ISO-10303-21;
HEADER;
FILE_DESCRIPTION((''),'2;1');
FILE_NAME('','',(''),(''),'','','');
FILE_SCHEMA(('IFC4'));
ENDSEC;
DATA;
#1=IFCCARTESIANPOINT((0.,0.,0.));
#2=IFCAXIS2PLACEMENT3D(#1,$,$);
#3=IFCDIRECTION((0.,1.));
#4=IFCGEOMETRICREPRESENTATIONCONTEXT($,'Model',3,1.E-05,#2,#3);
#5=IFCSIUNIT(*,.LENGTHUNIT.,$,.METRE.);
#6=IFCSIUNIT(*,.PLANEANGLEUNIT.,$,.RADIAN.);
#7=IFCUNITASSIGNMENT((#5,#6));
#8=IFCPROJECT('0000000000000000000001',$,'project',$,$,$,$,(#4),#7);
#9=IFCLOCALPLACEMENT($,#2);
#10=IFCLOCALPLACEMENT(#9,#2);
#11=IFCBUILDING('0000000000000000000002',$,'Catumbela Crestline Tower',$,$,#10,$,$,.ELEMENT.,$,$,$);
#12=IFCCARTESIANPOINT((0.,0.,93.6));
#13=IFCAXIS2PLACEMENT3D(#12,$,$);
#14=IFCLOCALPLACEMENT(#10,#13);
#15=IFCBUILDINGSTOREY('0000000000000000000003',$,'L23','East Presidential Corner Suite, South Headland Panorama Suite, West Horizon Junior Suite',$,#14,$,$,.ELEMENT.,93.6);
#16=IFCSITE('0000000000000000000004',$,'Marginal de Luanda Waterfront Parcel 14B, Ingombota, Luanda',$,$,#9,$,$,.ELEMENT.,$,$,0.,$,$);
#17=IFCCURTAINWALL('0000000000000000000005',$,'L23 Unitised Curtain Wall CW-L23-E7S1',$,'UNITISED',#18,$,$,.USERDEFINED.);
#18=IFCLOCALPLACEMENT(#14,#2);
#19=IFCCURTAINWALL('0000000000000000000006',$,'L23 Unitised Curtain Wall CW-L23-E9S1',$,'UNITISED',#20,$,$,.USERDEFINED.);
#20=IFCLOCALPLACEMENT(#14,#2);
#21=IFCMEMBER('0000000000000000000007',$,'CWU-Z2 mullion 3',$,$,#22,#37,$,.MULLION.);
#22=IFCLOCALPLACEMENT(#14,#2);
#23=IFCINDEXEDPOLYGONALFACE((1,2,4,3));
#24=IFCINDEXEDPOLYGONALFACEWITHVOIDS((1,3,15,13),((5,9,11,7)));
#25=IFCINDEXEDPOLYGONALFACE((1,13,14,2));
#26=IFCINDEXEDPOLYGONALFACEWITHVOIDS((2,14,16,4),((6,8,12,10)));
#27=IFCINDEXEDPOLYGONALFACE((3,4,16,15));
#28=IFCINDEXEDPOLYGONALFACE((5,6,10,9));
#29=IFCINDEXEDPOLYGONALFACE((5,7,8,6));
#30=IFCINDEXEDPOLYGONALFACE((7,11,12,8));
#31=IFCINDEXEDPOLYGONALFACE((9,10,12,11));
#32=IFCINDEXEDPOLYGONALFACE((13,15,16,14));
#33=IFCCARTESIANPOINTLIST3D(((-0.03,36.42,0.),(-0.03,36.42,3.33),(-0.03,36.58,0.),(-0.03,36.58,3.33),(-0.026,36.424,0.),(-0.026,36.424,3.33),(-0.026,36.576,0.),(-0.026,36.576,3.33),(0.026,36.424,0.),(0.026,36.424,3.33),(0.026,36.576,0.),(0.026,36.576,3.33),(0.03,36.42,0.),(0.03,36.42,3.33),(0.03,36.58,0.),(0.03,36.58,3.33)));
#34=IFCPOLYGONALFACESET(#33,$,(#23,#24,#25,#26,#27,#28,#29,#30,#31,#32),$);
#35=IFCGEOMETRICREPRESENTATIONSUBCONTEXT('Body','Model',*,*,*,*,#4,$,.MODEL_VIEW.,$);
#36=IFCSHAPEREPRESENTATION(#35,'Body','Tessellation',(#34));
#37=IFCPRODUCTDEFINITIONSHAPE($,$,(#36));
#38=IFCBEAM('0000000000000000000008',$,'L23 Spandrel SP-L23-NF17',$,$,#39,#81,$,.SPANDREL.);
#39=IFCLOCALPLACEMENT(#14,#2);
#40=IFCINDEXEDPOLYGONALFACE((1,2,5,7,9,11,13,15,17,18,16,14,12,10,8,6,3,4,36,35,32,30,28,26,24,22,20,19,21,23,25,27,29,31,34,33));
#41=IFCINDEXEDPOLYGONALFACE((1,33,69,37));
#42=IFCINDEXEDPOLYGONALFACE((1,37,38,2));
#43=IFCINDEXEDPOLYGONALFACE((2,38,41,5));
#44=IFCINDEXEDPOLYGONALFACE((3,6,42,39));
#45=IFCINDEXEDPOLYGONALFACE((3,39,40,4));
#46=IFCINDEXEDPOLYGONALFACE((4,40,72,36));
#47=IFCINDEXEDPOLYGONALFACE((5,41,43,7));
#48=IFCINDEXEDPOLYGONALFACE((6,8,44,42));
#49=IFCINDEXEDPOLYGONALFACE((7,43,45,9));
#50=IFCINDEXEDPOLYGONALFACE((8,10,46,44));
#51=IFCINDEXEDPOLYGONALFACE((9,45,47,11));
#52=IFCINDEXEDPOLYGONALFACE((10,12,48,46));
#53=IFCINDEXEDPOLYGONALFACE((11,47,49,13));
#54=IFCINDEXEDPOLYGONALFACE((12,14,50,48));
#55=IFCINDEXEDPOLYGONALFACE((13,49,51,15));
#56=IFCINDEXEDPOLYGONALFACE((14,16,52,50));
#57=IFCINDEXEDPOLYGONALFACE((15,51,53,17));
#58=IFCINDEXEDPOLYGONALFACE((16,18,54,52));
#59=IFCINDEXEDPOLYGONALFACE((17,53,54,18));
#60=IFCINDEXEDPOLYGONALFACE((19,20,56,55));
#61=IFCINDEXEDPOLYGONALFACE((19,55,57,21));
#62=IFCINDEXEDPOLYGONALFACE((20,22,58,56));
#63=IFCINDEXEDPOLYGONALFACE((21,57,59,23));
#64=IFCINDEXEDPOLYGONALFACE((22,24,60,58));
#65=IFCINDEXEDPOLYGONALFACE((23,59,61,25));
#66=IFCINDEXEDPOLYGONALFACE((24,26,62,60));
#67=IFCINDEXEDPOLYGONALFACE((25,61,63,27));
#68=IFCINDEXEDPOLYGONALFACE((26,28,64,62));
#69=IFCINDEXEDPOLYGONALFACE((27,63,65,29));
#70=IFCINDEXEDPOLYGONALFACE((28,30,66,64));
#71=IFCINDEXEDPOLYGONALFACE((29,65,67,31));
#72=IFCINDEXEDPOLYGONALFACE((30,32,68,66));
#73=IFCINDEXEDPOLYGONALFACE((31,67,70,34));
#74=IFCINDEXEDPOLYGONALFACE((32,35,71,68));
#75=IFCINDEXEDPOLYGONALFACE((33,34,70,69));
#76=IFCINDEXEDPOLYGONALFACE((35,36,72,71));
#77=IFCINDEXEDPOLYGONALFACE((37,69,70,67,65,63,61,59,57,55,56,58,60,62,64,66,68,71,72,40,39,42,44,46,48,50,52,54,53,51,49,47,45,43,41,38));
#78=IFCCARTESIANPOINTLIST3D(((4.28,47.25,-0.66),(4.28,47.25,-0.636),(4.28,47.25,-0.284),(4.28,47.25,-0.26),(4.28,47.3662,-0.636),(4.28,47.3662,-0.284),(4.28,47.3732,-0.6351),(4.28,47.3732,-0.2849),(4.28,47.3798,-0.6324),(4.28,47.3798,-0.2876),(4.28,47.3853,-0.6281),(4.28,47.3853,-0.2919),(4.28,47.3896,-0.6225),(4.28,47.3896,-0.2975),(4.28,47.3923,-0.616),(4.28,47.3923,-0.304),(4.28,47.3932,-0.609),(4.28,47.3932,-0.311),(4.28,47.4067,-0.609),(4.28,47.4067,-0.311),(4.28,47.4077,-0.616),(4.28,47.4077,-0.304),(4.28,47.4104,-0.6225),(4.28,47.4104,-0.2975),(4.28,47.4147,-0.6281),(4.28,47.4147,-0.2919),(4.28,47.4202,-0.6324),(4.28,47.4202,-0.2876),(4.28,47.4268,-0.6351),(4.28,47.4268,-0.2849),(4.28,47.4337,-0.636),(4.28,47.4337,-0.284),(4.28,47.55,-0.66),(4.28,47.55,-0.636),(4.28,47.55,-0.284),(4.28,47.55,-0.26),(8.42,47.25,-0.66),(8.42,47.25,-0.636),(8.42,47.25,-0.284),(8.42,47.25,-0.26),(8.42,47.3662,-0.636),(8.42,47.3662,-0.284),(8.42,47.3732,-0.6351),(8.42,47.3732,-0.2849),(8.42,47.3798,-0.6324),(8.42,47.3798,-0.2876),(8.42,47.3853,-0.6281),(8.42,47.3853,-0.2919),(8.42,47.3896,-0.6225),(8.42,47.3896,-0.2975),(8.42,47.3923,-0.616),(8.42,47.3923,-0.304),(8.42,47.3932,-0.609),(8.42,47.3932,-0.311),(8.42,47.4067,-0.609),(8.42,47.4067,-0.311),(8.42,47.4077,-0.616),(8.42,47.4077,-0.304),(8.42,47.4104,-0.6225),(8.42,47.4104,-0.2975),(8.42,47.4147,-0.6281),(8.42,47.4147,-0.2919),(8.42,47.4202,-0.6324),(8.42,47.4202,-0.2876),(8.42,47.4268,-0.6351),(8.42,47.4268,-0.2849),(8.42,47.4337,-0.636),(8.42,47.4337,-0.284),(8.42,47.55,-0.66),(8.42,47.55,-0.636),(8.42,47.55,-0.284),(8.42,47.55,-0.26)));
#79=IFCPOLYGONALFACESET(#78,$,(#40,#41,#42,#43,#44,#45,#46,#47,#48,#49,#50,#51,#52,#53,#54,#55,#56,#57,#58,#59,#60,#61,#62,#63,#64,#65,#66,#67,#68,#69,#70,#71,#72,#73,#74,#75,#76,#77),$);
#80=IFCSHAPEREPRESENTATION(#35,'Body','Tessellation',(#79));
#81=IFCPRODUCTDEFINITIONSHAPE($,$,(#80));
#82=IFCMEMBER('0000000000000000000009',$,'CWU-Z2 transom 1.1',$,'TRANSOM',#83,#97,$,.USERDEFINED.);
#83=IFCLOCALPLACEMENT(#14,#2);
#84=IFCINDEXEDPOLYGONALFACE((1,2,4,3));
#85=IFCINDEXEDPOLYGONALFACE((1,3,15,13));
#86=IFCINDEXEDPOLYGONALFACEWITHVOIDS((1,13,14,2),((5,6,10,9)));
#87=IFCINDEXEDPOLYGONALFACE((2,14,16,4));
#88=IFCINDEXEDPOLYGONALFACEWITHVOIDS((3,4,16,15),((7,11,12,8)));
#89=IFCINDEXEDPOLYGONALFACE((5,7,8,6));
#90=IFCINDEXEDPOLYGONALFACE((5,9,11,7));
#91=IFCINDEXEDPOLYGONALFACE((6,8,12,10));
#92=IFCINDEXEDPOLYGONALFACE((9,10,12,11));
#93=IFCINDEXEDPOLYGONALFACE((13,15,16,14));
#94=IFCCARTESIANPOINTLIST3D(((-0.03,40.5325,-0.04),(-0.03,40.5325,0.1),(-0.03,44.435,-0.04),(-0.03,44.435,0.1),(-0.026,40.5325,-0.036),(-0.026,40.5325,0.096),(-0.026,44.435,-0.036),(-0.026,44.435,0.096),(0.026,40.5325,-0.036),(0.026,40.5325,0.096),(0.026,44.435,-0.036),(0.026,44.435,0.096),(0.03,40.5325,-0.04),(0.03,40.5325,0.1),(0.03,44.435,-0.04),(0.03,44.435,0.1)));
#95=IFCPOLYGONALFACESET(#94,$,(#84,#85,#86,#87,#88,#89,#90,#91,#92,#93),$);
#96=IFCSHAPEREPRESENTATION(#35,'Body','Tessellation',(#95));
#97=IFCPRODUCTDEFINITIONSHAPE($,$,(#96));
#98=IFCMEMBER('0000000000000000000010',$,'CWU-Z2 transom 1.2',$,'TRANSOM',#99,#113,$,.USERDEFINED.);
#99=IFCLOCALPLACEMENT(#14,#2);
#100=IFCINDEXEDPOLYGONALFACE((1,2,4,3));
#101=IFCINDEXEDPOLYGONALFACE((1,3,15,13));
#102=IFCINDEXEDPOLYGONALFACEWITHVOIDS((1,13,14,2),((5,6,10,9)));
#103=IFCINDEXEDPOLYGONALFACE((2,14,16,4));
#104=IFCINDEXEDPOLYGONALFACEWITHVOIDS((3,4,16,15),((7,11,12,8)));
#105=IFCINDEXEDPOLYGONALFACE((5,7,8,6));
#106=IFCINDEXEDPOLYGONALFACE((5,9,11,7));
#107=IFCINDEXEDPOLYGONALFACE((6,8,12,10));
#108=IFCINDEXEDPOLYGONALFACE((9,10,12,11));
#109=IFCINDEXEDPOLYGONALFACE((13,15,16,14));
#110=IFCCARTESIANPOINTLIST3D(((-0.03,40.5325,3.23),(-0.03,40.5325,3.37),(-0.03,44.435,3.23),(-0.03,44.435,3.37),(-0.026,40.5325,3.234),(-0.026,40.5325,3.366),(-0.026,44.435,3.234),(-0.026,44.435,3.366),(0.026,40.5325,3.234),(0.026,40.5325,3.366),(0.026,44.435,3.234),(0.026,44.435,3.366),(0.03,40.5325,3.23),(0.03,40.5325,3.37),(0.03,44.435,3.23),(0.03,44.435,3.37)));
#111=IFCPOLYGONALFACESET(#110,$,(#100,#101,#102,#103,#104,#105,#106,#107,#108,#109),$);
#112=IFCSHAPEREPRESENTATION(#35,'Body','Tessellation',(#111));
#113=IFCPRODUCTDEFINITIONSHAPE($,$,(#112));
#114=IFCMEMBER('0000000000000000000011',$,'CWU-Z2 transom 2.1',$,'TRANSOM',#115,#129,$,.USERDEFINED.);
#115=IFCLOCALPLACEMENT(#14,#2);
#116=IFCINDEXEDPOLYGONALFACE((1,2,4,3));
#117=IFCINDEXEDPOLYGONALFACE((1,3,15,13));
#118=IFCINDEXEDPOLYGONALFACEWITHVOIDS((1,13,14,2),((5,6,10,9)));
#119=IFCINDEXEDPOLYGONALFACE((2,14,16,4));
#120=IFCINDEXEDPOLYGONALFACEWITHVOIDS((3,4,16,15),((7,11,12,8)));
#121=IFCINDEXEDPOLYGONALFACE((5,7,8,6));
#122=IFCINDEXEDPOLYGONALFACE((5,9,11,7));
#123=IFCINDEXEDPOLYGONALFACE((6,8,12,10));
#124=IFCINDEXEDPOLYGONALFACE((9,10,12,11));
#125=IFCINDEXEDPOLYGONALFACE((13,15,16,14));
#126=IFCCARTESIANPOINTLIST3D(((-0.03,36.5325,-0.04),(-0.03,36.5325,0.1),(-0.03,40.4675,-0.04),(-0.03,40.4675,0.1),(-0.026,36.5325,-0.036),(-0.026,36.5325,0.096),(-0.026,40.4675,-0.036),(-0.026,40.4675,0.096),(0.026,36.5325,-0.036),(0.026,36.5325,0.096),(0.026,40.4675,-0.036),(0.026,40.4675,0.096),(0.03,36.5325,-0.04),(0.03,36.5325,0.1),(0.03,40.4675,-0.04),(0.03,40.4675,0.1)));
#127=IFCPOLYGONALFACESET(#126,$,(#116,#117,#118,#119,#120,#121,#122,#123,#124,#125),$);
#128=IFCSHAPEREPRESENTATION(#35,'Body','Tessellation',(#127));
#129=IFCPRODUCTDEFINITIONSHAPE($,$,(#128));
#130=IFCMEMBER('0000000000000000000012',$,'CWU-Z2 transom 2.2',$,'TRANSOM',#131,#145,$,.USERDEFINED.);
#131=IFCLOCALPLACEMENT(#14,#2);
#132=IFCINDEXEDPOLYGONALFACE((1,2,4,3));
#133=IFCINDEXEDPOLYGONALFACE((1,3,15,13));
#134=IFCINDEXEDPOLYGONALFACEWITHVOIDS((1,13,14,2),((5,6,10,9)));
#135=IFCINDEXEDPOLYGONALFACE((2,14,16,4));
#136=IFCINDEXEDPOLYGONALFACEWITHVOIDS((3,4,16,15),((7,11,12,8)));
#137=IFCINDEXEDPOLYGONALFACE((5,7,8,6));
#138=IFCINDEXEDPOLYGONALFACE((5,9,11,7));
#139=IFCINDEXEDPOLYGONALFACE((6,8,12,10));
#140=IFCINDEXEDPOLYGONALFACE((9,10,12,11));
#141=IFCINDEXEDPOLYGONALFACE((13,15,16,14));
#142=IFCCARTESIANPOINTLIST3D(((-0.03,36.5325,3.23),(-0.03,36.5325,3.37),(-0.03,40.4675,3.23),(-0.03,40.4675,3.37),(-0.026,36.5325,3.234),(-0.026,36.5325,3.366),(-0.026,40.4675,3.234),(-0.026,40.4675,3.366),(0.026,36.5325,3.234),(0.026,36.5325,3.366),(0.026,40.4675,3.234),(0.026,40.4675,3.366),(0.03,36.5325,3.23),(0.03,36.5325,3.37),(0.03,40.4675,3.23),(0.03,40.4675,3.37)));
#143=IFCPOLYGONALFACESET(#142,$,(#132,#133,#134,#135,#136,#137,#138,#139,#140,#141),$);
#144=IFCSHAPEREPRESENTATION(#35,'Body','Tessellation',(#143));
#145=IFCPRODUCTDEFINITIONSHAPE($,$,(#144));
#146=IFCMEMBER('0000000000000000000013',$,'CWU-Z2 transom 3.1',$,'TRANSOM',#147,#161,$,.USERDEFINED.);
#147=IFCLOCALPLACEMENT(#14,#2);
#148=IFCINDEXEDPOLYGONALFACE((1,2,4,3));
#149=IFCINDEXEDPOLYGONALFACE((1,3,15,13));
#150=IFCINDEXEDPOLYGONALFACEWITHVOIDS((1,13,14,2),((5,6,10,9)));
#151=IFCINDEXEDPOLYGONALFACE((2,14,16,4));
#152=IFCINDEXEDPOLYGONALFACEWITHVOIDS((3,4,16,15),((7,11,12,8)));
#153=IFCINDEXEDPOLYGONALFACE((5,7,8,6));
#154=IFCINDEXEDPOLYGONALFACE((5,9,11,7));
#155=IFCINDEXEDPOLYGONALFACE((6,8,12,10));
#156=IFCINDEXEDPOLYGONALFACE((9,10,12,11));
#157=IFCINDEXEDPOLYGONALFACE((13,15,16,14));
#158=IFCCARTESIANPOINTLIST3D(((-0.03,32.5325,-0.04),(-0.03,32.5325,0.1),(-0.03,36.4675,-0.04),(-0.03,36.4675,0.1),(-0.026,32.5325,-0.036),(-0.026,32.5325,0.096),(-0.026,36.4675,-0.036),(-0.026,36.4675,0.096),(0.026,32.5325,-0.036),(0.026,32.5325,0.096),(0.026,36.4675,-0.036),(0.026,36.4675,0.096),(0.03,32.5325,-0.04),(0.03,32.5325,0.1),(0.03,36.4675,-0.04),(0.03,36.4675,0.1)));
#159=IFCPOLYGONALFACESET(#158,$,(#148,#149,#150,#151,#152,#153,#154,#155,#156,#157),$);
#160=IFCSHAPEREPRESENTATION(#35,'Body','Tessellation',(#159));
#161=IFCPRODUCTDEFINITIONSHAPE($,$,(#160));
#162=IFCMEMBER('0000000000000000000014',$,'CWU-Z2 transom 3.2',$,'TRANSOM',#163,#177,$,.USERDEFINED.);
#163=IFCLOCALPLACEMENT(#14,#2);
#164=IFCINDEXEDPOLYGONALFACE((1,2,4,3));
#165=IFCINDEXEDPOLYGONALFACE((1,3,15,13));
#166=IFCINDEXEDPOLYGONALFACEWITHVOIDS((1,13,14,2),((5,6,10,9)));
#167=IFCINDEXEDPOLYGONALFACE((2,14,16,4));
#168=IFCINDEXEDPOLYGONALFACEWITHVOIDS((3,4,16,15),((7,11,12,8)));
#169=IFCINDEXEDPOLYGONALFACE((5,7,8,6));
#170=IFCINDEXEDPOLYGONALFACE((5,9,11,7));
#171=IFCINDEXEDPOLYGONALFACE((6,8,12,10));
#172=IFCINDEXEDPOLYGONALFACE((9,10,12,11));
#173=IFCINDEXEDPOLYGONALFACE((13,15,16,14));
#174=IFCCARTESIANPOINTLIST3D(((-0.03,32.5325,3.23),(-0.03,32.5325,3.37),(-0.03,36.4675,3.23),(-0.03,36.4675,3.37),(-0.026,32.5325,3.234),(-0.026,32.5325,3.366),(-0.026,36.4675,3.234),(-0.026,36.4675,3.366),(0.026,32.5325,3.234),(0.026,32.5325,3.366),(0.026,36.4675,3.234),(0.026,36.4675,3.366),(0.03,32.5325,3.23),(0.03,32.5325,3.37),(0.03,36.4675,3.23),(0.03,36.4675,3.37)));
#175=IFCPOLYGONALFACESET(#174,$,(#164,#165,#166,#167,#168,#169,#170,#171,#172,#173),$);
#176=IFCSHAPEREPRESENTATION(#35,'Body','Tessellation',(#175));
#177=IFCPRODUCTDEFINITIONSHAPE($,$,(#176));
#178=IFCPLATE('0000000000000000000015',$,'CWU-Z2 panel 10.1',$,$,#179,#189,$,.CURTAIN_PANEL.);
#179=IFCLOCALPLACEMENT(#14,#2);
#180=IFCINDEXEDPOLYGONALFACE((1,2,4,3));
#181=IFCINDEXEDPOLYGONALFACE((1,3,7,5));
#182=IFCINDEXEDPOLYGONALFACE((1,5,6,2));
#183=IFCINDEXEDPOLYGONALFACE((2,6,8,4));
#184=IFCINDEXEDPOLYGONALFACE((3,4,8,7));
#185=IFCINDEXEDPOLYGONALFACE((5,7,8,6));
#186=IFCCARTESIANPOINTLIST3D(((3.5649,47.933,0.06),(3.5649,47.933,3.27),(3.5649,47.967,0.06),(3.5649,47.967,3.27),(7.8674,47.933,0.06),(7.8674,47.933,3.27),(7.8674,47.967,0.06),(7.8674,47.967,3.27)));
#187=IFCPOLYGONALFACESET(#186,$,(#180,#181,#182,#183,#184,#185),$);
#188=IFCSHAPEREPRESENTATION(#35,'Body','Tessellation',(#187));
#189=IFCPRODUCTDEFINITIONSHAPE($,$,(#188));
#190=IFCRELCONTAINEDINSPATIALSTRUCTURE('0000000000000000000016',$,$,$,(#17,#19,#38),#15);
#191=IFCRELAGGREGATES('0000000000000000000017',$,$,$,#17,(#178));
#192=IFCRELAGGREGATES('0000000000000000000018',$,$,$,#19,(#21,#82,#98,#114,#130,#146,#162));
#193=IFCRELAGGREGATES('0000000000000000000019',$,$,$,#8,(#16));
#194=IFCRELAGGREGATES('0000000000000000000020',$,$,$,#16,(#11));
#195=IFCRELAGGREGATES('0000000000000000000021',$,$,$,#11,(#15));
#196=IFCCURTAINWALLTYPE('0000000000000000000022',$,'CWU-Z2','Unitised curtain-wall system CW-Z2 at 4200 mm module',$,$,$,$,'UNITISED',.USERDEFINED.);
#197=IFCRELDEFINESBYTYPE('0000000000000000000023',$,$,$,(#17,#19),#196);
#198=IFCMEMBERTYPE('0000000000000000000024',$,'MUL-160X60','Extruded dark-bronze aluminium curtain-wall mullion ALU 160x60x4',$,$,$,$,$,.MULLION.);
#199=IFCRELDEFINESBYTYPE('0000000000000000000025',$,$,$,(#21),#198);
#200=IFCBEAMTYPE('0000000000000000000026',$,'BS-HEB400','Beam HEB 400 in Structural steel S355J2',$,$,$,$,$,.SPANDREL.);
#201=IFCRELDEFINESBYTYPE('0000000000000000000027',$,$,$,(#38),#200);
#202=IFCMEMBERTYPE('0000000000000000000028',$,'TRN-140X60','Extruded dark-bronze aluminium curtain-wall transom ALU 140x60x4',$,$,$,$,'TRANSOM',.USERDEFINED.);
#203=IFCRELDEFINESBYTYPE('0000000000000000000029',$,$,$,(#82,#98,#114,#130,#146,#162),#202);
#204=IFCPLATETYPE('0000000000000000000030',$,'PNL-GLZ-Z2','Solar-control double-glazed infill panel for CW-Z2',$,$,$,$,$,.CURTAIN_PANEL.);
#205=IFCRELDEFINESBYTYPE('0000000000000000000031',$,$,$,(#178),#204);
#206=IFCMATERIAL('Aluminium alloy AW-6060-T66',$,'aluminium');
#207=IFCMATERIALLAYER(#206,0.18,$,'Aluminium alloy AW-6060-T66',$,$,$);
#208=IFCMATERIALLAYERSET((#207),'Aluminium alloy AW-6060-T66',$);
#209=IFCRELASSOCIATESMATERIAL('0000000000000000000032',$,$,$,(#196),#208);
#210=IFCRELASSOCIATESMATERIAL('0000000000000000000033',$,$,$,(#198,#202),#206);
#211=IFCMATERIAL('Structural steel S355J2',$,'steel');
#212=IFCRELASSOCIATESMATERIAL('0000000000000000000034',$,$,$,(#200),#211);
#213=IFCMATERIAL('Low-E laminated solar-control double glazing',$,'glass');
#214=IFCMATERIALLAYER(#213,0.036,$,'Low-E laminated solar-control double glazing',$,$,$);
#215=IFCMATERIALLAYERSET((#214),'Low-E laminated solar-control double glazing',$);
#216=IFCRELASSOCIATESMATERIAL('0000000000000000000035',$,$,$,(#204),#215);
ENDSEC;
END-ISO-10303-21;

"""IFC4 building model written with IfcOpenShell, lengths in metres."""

from ifc_helpers import new_model, si_unit, direction, frame, origin, origin_2d, place, context, subcontext, project, spatial, rectangle, hollow_rectangle, i_section, extrude, material, layer, layer_set, material_profile, profile_set, type_object, element, aggregate, save


model = new_model("IFC4")

# Units and contexts
model_context = context("Model", 3, precision=1e-05, world=origin(), true_north=direction((0.0, 1.0)))
body_context = subcontext(model_context, "Body", "Model", "MODEL_VIEW")
ifc_project = project(units=[si_unit("LENGTHUNIT", "METRE"), si_unit("PLANEANGLEUNIT", "RADIAN")], contexts=[model_context])

# Site, building, storey
site_placement = place(None, origin())
site = spatial("IfcSite", under=ifc_project, at=site_placement, Name="Marginal de Luanda Waterfront Parcel 14B, Ingombota, Luanda", CompositionType="ELEMENT", RefElevation=0.0)
building_placement = place(site_placement, origin())
building = spatial("IfcBuilding", under=site, at=building_placement, Name="Catumbela Crestline Tower", CompositionType="ELEMENT")
storey_placement = place(building_placement, frame((0.0, 0.0, 93.6)))
storey = spatial("IfcBuildingStorey", under=building, at=storey_placement, Name="L23", Description="East Presidential Corner Suite, South Headland Panorama Suite, West Horizon Junior Suite", CompositionType="ELEMENT", Elevation=93.6)

# Shared definitions
ifc_material_1 = material(Name="Structural steel S355J2", Category="steel")

# Curtain wall
ifc_material_2 = material(Name="Aluminium alloy AW-6060-T66", Category="aluminium")
ifc_layer_1 = layer(ifc_material_2, 0.18, Name="Aluminium alloy AW-6060-T66")
ifc_layer_set_1 = layer_set([ifc_layer_1], Name="Aluminium alloy AW-6060-T66")
curtain_wall_type = type_object("IfcCurtainWallType", Name="CWU-Z2", Description="Unitised curtain-wall system CW-Z2 at 4200 mm module", ElementType="UNITISED", PredefinedType="USERDEFINED", material=ifc_layer_set_1)
curtain_wall_1_placement = place(storey_placement, origin())
curtain_wall_1 = element("IfcCurtainWall", 1, at=curtain_wall_1_placement, inside=storey, type_object=curtain_wall_type, Name="L23 Unitised Curtain Wall CW-L23-E7S1", ObjectType="UNITISED", PredefinedType="USERDEFINED")
ifc_material_profile_1 = material_profile(ifc_material_2, hollow_rectangle(XDim=0.06, YDim=0.16, WallThickness=0.004, at=origin_2d()), Name="ALU 160x60x4")
ifc_profile_set_1 = profile_set([ifc_material_profile_1], Name="Aluminium alloy AW-6060-T66")
member_type_1 = type_object("IfcMemberType", Name="MUL-160X60", Description="Extruded dark-bronze aluminium curtain-wall mullion ALU 160x60x4", PredefinedType="MULLION", material=ifc_profile_set_1)

# Curtain wall, member
curtain_wall_2_placement = place(storey_placement, origin())
curtain_wall_2 = element("IfcCurtainWall", 2, at=curtain_wall_2_placement, inside=storey, type_object=curtain_wall_type, Name="L23 Unitised Curtain Wall CW-L23-E9S1", ObjectType="UNITISED", PredefinedType="USERDEFINED")
member_1_placement = place(storey_placement, frame((0.0, 36.5, 0.0), z_axis=(0.0, 0.0, 1.0), x_axis=(1.0, 0.0, 0.0)))
member_1 = element("IfcMember", 3, at=member_1_placement, type_object=member_type_1, Name="CWU-Z2 mullion 3", PredefinedType="MULLION", context=body_context, shape_type="SweptSolid", body=[
    extrude(hollow_rectangle(XDim=0.06, YDim=0.16, WallThickness=0.004, at=origin_2d()), origin(), (0.0, 0.0, 1.0), 3.33),
])

# Beam
ifc_material_profile_2 = material_profile(ifc_material_1, i_section(OverallWidth=0.3, OverallDepth=0.4, WebThickness=0.0135, FlangeThickness=0.024, FilletRadius=0.027, at=origin_2d()), Name="HEB 400")
ifc_profile_set_2 = profile_set([ifc_material_profile_2], Name="Structural steel S355J2")
beam_type_1 = type_object("IfcBeamType", Name="BS-HEB400", Description="Beam HEB 400 in Structural steel S355J2", PredefinedType="SPANDREL", material=ifc_profile_set_2)
beam_1_placement = place(storey_placement, frame((4.28, 47.4, -0.46), z_axis=(1.0, 0.0, 0.0), x_axis=(0.0, 1.0, 0.0)))
element("IfcBeam", 4, at=beam_1_placement, inside=storey, type_object=beam_type_1, Name="L23 Spandrel SP-L23-NF17", PredefinedType="SPANDREL", context=body_context, shape_type="SweptSolid", body=[
    extrude(i_section(OverallWidth=0.3, OverallDepth=0.4, WebThickness=0.0135, FlangeThickness=0.024, FilletRadius=0.027, at=origin_2d()), origin(), (0.0, 0.0, 1.0), 4.14),
])

# Members
ifc_material_profile_3 = material_profile(ifc_material_2, hollow_rectangle(XDim=0.06, YDim=0.14, WallThickness=0.004, at=origin_2d()), Name="ALU 140x60x4")
ifc_profile_set_3 = profile_set([ifc_material_profile_3], Name="Aluminium alloy AW-6060-T66")
member_type_2 = type_object("IfcMemberType", Name="TRN-140X60", Description="Extruded dark-bronze aluminium curtain-wall transom ALU 140x60x4", ElementType="TRANSOM", PredefinedType="USERDEFINED", material=ifc_profile_set_3)
member_2_placement = place(storey_placement, frame((0.0, 44.435, 0.03), z_axis=(0.0, -1.0, 0.0), x_axis=(1.0, 0.0, 0.0)))
member_2 = element("IfcMember", 5, at=member_2_placement, type_object=member_type_2, Name="CWU-Z2 transom 1.1", ObjectType="TRANSOM", PredefinedType="USERDEFINED", context=body_context, shape_type="SweptSolid", body=[
    extrude(hollow_rectangle(XDim=0.06, YDim=0.14, WallThickness=0.004, at=origin_2d()), origin(), (0.0, 0.0, 1.0), 3.9025),
])
member_3_placement = place(storey_placement, frame((0.0, 44.435, 3.3), z_axis=(0.0, -1.0, 0.0), x_axis=(1.0, 0.0, 0.0)))
member_3 = element("IfcMember", 6, at=member_3_placement, type_object=member_type_2, Name="CWU-Z2 transom 1.2", ObjectType="TRANSOM", PredefinedType="USERDEFINED", context=body_context, shape_type="SweptSolid", body=[
    extrude(hollow_rectangle(XDim=0.06, YDim=0.14, WallThickness=0.004, at=origin_2d()), origin(), (0.0, 0.0, 1.0), 3.9025),
])
member_4_placement = place(storey_placement, frame((0.0, 40.4675, 0.03), z_axis=(0.0, -1.0, 0.0), x_axis=(1.0, 0.0, 0.0)))
member_4 = element("IfcMember", 7, at=member_4_placement, type_object=member_type_2, Name="CWU-Z2 transom 2.1", ObjectType="TRANSOM", PredefinedType="USERDEFINED", context=body_context, shape_type="SweptSolid", body=[
    extrude(hollow_rectangle(XDim=0.06, YDim=0.14, WallThickness=0.004, at=origin_2d()), origin(), (0.0, 0.0, 1.0), 3.935),
])
member_5_placement = place(storey_placement, frame((0.0, 40.4675, 3.3), z_axis=(0.0, -1.0, 0.0), x_axis=(1.0, 0.0, 0.0)))
member_5 = element("IfcMember", 8, at=member_5_placement, type_object=member_type_2, Name="CWU-Z2 transom 2.2", ObjectType="TRANSOM", PredefinedType="USERDEFINED", context=body_context, shape_type="SweptSolid", body=[
    extrude(hollow_rectangle(XDim=0.06, YDim=0.14, WallThickness=0.004, at=origin_2d()), origin(), (0.0, 0.0, 1.0), 3.935),
])
member_6_placement = place(storey_placement, frame((0.0, 36.4675, 0.03), z_axis=(0.0, -1.0, 0.0), x_axis=(1.0, 0.0, 0.0)))
member_6 = element("IfcMember", 9, at=member_6_placement, type_object=member_type_2, Name="CWU-Z2 transom 3.1", ObjectType="TRANSOM", PredefinedType="USERDEFINED", context=body_context, shape_type="SweptSolid", body=[
    extrude(hollow_rectangle(XDim=0.06, YDim=0.14, WallThickness=0.004, at=origin_2d()), origin(), (0.0, 0.0, 1.0), 3.935),
])
member_7_placement = place(storey_placement, frame((0.0, 36.4675, 3.3), z_axis=(0.0, -1.0, 0.0), x_axis=(1.0, 0.0, 0.0)))
member_7 = element("IfcMember", 10, at=member_7_placement, type_object=member_type_2, Name="CWU-Z2 transom 3.2", ObjectType="TRANSOM", PredefinedType="USERDEFINED", context=body_context, shape_type="SweptSolid", body=[
    extrude(hollow_rectangle(XDim=0.06, YDim=0.14, WallThickness=0.004, at=origin_2d()), origin(), (0.0, 0.0, 1.0), 3.935),
])

# Plate
ifc_material_3 = material(Name="Low-E laminated solar-control double glazing", Category="glass")
ifc_layer_2 = layer(ifc_material_3, 0.036, Name="Low-E laminated solar-control double glazing")
ifc_layer_set_2 = layer_set([ifc_layer_2], Name="Low-E laminated solar-control double glazing")
plate_type = type_object("IfcPlateType", Name="PNL-GLZ-Z2", Description="Solar-control double-glazed infill panel for CW-Z2", PredefinedType="CURTAIN_PANEL", material=ifc_layer_set_2)
plate_1_placement = place(storey_placement, frame((5.7162, 47.95, 0.06), z_axis=(0.0, 0.0, 1.0), x_axis=(-1.0, 0.0, 0.0)))
plate_1 = element("IfcPlate", 11, at=plate_1_placement, type_object=plate_type, Name="CWU-Z2 panel 10.1", PredefinedType="CURTAIN_PANEL", context=body_context, shape_type="SweptSolid", body=[
    extrude(rectangle(XDim=4.3025, YDim=0.034, at=origin_2d()), origin(), (0.0, 0.0, 1.0), 3.21),
])
aggregate(curtain_wall_1, [plate_1])
aggregate(curtain_wall_2, [member_1, member_2, member_3, member_4, member_5, member_6, member_7])

save(model, "model.ifc")
